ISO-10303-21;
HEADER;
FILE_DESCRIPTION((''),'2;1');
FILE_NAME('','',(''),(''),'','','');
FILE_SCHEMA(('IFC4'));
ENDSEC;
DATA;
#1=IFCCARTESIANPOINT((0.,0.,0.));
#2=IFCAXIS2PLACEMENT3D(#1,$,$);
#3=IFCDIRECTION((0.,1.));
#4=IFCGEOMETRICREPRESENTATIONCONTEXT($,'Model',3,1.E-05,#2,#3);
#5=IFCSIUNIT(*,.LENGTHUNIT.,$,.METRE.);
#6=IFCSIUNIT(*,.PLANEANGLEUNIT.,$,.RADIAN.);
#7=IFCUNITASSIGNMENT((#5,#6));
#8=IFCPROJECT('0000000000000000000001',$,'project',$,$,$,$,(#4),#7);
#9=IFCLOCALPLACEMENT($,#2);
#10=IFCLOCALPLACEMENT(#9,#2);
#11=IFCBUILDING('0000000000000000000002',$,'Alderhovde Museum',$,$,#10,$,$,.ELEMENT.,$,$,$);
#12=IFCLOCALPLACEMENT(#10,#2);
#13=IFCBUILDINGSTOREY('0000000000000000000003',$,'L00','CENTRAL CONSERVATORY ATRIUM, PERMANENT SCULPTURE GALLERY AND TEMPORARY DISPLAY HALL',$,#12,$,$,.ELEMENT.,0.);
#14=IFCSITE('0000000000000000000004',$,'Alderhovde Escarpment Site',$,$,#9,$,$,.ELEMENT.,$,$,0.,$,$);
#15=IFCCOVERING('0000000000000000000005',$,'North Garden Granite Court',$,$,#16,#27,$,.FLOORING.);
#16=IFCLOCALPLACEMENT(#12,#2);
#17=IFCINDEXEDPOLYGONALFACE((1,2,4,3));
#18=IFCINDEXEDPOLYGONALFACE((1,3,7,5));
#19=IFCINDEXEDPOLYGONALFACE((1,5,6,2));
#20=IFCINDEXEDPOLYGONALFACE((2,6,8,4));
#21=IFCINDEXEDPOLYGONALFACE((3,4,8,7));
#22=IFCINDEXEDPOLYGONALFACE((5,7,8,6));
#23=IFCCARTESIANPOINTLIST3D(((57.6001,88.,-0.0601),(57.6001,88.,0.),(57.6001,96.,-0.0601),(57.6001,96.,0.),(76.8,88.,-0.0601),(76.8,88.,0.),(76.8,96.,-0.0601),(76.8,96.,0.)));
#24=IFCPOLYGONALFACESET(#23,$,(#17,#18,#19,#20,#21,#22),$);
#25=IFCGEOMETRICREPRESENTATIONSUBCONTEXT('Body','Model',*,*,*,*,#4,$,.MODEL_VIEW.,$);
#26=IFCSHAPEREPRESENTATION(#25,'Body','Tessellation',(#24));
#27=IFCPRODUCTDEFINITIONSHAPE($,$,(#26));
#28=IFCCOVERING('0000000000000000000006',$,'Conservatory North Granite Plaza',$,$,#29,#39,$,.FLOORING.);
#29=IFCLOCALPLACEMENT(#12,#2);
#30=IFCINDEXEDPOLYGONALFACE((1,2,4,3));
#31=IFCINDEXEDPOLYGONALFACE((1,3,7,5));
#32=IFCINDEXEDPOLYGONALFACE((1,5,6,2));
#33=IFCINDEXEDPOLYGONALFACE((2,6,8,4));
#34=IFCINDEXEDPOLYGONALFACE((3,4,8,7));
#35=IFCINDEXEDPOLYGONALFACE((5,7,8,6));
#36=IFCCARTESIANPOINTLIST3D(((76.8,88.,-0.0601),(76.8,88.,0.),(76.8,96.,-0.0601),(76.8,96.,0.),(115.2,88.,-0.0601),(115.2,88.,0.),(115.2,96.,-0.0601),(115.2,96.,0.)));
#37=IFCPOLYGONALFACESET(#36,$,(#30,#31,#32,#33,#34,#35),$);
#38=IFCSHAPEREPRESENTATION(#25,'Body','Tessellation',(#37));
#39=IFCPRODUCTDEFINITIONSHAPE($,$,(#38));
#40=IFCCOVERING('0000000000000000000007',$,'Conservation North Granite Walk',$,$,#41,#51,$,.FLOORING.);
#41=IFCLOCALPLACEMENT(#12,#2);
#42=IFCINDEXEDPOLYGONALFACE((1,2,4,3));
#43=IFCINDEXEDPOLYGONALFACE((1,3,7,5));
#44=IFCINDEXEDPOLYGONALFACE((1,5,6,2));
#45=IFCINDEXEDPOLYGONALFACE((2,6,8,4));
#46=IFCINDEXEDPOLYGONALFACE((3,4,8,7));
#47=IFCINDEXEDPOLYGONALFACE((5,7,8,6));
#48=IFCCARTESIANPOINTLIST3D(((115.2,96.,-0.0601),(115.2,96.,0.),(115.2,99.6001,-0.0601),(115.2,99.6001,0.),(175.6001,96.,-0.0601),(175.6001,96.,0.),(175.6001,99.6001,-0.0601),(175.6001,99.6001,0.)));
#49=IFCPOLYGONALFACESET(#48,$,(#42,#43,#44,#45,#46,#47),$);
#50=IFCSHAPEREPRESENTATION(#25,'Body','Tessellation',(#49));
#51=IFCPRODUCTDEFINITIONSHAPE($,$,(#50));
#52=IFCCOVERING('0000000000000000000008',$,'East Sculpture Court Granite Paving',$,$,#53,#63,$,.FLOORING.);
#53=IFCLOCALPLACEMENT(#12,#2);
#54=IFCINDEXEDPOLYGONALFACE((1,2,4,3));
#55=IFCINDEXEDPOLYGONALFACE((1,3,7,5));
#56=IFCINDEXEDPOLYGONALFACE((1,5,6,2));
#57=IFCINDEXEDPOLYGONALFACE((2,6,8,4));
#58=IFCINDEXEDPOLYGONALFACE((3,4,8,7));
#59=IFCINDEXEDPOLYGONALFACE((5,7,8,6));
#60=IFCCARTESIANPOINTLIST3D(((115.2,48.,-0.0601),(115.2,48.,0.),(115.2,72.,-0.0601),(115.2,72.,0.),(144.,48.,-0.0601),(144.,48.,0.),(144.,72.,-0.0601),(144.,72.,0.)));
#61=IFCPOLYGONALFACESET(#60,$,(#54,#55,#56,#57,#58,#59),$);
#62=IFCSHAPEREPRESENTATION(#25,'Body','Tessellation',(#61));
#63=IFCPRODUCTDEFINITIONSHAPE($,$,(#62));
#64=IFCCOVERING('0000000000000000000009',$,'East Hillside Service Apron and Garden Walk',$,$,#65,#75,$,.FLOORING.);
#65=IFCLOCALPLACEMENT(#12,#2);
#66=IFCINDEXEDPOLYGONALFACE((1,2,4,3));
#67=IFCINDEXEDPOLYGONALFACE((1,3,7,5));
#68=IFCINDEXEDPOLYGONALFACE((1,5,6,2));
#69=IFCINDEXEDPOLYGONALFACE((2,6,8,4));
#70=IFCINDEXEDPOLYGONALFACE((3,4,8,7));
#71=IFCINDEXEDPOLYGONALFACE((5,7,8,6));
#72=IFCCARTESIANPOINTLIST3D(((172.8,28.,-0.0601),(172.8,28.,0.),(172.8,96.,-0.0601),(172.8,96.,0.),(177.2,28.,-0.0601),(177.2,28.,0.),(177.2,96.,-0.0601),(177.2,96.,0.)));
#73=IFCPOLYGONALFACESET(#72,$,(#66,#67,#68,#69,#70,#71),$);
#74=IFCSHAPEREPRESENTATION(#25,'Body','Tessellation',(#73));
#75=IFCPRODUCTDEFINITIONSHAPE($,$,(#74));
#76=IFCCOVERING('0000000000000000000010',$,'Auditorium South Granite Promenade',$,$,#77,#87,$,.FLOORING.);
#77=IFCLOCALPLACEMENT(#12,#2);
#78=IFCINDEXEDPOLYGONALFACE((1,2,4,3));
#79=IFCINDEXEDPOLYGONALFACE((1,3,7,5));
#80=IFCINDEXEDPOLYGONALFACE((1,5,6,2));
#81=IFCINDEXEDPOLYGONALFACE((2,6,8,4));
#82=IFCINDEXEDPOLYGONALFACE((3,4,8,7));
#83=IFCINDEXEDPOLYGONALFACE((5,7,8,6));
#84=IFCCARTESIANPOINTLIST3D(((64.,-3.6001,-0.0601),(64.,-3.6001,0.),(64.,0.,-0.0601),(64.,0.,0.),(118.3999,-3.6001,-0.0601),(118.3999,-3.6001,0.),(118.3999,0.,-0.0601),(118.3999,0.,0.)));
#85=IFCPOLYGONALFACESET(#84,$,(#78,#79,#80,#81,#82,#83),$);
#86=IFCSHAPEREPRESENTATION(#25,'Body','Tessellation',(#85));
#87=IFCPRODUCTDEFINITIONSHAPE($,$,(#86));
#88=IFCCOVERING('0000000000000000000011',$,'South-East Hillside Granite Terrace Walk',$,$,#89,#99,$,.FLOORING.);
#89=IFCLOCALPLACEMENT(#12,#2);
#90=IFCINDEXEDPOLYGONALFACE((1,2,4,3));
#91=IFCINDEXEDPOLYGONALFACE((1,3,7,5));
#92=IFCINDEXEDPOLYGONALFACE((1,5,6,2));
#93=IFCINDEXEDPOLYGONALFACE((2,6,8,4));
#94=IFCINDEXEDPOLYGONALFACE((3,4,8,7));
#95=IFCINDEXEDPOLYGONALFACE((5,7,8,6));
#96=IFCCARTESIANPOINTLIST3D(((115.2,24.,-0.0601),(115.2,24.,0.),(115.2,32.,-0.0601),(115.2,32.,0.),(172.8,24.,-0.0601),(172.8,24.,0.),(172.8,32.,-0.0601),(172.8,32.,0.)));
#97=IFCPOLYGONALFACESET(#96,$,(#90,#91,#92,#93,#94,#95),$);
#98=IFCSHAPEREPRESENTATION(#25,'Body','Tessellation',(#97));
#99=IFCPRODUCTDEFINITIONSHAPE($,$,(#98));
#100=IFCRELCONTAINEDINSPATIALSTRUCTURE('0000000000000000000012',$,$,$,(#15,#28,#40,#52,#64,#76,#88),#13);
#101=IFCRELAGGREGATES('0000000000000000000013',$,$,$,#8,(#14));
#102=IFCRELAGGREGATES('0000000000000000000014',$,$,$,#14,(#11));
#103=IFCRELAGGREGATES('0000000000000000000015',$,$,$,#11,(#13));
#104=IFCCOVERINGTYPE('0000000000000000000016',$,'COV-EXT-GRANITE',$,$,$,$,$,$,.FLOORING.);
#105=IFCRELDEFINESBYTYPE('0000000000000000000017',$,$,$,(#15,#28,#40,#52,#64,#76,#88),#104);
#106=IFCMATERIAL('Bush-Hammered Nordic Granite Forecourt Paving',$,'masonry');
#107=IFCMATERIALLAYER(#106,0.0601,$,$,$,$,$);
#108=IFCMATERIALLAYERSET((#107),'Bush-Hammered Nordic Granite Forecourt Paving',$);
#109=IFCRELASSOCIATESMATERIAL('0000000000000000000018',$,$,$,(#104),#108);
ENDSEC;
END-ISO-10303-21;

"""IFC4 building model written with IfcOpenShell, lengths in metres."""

from ifc_helpers import new_model, si_unit, direction, frame, origin, place, context, subcontext, project, spatial, polyline, outline, extrude, material, layer, layer_set, type_object, element, save


model = new_model("IFC4")

# Units and contexts
model_context = context("Model", 3, precision=1e-05, world=origin(), true_north=direction((0.0, 1.0)))
body_context = subcontext(model_context, "Body", "Model", "MODEL_VIEW")
ifc_project = project(units=[si_unit("LENGTHUNIT", "METRE"), si_unit("PLANEANGLEUNIT", "RADIAN")], contexts=[model_context])

# Site, building, storey
site_placement = place(None, origin())
site = spatial("IfcSite", under=ifc_project, at=site_placement, Name="Alderhovde Escarpment Site", CompositionType="ELEMENT", RefElevation=0.0)
building_placement = place(site_placement, origin())
building = spatial("IfcBuilding", under=site, at=building_placement, Name="Alderhovde Museum", CompositionType="ELEMENT")
storey_placement = place(building_placement, origin())
storey = spatial("IfcBuildingStorey", under=building, at=storey_placement, Name="L00", Description="CENTRAL CONSERVATORY ATRIUM, PERMANENT SCULPTURE GALLERY AND TEMPORARY DISPLAY HALL", CompositionType="ELEMENT", Elevation=0.0)

# Coverings
ifc_material_1 = material(Name="Bush-Hammered Nordic Granite Forecourt Paving", Category="masonry")
ifc_layer_1 = layer(ifc_material_1, 0.0601)
ifc_layer_set_1 = layer_set([ifc_layer_1], Name="Bush-Hammered Nordic Granite Forecourt Paving")
covering_type = type_object("IfcCoveringType", Name="COV-EXT-GRANITE", PredefinedType="FLOORING", material=ifc_layer_set_1)
covering_1_placement = place(storey_placement, frame((0.0, 0.0, -0.0601)))
element("IfcCovering", 1, at=covering_1_placement, inside=storey, type_object=covering_type, Name="North Garden Granite Court", PredefinedType="FLOORING", context=body_context, shape_type="SweptSolid", body=[
    extrude(outline(polyline([(57.6001, 88.0), (76.8, 88.0), (76.8, 96.0), (57.6001, 96.0), (57.6001, 88.0)])), origin(), (0.0, 0.0, 1.0), 0.0601),
])
covering_2_placement = place(storey_placement, frame((0.0, 0.0, -0.0601)))
element("IfcCovering", 2, at=covering_2_placement, inside=storey, type_object=covering_type, Name="Conservatory North Granite Plaza", PredefinedType="FLOORING", context=body_context, shape_type="SweptSolid", body=[
    extrude(outline(polyline([(76.8, 88.0), (115.2, 88.0), (115.2, 96.0), (76.8, 96.0), (76.8, 88.0)])), origin(), (0.0, 0.0, 1.0), 0.0601),
])
covering_3_placement = place(storey_placement, frame((0.0, 0.0, -0.0601)))
element("IfcCovering", 3, at=covering_3_placement, inside=storey, type_object=covering_type, Name="Conservation North Granite Walk", PredefinedType="FLOORING", context=body_context, shape_type="SweptSolid", body=[
    extrude(outline(polyline([(115.2, 96.0), (175.6001, 96.0), (175.6001, 99.6001), (115.2, 99.6001), (115.2, 96.0)])), origin(), (0.0, 0.0, 1.0), 0.0601),
])
covering_4_placement = place(storey_placement, frame((0.0, 0.0, -0.0601)))
element("IfcCovering", 4, at=covering_4_placement, inside=storey, type_object=covering_type, Name="East Sculpture Court Granite Paving", PredefinedType="FLOORING", context=body_context, shape_type="SweptSolid", body=[
    extrude(outline(polyline([(115.2, 48.0), (144.0, 48.0), (144.0, 72.0), (115.2, 72.0), (115.2, 48.0)])), origin(), (0.0, 0.0, 1.0), 0.0601),
])
covering_5_placement = place(storey_placement, frame((0.0, 0.0, -0.0601)))
element("IfcCovering", 5, at=covering_5_placement, inside=storey, type_object=covering_type, Name="East Hillside Service Apron and Garden Walk", PredefinedType="FLOORING", context=body_context, shape_type="SweptSolid", body=[
    extrude(outline(polyline([(172.8, 28.0), (177.2, 28.0), (177.2, 96.0), (172.8, 96.0), (172.8, 28.0)])), origin(), (0.0, 0.0, 1.0), 0.0601),
])
covering_6_placement = place(storey_placement, frame((0.0, 0.0, -0.0601)))
element("IfcCovering", 6, at=covering_6_placement, inside=storey, type_object=covering_type, Name="Auditorium South Granite Promenade", PredefinedType="FLOORING", context=body_context, shape_type="SweptSolid", body=[
    extrude(outline(polyline([(64.0, -3.6001), (118.3999, -3.6001), (118.3999, 0.0), (64.0, 0.0), (64.0, -3.6001)])), origin(), (0.0, 0.0, 1.0), 0.0601),
])
covering_7_placement = place(storey_placement, frame((0.0, 0.0, -0.0601)))
element("IfcCovering", 7, at=covering_7_placement, inside=storey, type_object=covering_type, Name="South-East Hillside Granite Terrace Walk", PredefinedType="FLOORING", context=body_context, shape_type="SweptSolid", body=[
    extrude(outline(polyline([(115.2, 24.0), (172.8, 24.0), (172.8, 32.0), (115.2, 32.0), (115.2, 24.0)])), origin(), (0.0, 0.0, 1.0), 0.0601),
])

save(model, "model.ifc")
